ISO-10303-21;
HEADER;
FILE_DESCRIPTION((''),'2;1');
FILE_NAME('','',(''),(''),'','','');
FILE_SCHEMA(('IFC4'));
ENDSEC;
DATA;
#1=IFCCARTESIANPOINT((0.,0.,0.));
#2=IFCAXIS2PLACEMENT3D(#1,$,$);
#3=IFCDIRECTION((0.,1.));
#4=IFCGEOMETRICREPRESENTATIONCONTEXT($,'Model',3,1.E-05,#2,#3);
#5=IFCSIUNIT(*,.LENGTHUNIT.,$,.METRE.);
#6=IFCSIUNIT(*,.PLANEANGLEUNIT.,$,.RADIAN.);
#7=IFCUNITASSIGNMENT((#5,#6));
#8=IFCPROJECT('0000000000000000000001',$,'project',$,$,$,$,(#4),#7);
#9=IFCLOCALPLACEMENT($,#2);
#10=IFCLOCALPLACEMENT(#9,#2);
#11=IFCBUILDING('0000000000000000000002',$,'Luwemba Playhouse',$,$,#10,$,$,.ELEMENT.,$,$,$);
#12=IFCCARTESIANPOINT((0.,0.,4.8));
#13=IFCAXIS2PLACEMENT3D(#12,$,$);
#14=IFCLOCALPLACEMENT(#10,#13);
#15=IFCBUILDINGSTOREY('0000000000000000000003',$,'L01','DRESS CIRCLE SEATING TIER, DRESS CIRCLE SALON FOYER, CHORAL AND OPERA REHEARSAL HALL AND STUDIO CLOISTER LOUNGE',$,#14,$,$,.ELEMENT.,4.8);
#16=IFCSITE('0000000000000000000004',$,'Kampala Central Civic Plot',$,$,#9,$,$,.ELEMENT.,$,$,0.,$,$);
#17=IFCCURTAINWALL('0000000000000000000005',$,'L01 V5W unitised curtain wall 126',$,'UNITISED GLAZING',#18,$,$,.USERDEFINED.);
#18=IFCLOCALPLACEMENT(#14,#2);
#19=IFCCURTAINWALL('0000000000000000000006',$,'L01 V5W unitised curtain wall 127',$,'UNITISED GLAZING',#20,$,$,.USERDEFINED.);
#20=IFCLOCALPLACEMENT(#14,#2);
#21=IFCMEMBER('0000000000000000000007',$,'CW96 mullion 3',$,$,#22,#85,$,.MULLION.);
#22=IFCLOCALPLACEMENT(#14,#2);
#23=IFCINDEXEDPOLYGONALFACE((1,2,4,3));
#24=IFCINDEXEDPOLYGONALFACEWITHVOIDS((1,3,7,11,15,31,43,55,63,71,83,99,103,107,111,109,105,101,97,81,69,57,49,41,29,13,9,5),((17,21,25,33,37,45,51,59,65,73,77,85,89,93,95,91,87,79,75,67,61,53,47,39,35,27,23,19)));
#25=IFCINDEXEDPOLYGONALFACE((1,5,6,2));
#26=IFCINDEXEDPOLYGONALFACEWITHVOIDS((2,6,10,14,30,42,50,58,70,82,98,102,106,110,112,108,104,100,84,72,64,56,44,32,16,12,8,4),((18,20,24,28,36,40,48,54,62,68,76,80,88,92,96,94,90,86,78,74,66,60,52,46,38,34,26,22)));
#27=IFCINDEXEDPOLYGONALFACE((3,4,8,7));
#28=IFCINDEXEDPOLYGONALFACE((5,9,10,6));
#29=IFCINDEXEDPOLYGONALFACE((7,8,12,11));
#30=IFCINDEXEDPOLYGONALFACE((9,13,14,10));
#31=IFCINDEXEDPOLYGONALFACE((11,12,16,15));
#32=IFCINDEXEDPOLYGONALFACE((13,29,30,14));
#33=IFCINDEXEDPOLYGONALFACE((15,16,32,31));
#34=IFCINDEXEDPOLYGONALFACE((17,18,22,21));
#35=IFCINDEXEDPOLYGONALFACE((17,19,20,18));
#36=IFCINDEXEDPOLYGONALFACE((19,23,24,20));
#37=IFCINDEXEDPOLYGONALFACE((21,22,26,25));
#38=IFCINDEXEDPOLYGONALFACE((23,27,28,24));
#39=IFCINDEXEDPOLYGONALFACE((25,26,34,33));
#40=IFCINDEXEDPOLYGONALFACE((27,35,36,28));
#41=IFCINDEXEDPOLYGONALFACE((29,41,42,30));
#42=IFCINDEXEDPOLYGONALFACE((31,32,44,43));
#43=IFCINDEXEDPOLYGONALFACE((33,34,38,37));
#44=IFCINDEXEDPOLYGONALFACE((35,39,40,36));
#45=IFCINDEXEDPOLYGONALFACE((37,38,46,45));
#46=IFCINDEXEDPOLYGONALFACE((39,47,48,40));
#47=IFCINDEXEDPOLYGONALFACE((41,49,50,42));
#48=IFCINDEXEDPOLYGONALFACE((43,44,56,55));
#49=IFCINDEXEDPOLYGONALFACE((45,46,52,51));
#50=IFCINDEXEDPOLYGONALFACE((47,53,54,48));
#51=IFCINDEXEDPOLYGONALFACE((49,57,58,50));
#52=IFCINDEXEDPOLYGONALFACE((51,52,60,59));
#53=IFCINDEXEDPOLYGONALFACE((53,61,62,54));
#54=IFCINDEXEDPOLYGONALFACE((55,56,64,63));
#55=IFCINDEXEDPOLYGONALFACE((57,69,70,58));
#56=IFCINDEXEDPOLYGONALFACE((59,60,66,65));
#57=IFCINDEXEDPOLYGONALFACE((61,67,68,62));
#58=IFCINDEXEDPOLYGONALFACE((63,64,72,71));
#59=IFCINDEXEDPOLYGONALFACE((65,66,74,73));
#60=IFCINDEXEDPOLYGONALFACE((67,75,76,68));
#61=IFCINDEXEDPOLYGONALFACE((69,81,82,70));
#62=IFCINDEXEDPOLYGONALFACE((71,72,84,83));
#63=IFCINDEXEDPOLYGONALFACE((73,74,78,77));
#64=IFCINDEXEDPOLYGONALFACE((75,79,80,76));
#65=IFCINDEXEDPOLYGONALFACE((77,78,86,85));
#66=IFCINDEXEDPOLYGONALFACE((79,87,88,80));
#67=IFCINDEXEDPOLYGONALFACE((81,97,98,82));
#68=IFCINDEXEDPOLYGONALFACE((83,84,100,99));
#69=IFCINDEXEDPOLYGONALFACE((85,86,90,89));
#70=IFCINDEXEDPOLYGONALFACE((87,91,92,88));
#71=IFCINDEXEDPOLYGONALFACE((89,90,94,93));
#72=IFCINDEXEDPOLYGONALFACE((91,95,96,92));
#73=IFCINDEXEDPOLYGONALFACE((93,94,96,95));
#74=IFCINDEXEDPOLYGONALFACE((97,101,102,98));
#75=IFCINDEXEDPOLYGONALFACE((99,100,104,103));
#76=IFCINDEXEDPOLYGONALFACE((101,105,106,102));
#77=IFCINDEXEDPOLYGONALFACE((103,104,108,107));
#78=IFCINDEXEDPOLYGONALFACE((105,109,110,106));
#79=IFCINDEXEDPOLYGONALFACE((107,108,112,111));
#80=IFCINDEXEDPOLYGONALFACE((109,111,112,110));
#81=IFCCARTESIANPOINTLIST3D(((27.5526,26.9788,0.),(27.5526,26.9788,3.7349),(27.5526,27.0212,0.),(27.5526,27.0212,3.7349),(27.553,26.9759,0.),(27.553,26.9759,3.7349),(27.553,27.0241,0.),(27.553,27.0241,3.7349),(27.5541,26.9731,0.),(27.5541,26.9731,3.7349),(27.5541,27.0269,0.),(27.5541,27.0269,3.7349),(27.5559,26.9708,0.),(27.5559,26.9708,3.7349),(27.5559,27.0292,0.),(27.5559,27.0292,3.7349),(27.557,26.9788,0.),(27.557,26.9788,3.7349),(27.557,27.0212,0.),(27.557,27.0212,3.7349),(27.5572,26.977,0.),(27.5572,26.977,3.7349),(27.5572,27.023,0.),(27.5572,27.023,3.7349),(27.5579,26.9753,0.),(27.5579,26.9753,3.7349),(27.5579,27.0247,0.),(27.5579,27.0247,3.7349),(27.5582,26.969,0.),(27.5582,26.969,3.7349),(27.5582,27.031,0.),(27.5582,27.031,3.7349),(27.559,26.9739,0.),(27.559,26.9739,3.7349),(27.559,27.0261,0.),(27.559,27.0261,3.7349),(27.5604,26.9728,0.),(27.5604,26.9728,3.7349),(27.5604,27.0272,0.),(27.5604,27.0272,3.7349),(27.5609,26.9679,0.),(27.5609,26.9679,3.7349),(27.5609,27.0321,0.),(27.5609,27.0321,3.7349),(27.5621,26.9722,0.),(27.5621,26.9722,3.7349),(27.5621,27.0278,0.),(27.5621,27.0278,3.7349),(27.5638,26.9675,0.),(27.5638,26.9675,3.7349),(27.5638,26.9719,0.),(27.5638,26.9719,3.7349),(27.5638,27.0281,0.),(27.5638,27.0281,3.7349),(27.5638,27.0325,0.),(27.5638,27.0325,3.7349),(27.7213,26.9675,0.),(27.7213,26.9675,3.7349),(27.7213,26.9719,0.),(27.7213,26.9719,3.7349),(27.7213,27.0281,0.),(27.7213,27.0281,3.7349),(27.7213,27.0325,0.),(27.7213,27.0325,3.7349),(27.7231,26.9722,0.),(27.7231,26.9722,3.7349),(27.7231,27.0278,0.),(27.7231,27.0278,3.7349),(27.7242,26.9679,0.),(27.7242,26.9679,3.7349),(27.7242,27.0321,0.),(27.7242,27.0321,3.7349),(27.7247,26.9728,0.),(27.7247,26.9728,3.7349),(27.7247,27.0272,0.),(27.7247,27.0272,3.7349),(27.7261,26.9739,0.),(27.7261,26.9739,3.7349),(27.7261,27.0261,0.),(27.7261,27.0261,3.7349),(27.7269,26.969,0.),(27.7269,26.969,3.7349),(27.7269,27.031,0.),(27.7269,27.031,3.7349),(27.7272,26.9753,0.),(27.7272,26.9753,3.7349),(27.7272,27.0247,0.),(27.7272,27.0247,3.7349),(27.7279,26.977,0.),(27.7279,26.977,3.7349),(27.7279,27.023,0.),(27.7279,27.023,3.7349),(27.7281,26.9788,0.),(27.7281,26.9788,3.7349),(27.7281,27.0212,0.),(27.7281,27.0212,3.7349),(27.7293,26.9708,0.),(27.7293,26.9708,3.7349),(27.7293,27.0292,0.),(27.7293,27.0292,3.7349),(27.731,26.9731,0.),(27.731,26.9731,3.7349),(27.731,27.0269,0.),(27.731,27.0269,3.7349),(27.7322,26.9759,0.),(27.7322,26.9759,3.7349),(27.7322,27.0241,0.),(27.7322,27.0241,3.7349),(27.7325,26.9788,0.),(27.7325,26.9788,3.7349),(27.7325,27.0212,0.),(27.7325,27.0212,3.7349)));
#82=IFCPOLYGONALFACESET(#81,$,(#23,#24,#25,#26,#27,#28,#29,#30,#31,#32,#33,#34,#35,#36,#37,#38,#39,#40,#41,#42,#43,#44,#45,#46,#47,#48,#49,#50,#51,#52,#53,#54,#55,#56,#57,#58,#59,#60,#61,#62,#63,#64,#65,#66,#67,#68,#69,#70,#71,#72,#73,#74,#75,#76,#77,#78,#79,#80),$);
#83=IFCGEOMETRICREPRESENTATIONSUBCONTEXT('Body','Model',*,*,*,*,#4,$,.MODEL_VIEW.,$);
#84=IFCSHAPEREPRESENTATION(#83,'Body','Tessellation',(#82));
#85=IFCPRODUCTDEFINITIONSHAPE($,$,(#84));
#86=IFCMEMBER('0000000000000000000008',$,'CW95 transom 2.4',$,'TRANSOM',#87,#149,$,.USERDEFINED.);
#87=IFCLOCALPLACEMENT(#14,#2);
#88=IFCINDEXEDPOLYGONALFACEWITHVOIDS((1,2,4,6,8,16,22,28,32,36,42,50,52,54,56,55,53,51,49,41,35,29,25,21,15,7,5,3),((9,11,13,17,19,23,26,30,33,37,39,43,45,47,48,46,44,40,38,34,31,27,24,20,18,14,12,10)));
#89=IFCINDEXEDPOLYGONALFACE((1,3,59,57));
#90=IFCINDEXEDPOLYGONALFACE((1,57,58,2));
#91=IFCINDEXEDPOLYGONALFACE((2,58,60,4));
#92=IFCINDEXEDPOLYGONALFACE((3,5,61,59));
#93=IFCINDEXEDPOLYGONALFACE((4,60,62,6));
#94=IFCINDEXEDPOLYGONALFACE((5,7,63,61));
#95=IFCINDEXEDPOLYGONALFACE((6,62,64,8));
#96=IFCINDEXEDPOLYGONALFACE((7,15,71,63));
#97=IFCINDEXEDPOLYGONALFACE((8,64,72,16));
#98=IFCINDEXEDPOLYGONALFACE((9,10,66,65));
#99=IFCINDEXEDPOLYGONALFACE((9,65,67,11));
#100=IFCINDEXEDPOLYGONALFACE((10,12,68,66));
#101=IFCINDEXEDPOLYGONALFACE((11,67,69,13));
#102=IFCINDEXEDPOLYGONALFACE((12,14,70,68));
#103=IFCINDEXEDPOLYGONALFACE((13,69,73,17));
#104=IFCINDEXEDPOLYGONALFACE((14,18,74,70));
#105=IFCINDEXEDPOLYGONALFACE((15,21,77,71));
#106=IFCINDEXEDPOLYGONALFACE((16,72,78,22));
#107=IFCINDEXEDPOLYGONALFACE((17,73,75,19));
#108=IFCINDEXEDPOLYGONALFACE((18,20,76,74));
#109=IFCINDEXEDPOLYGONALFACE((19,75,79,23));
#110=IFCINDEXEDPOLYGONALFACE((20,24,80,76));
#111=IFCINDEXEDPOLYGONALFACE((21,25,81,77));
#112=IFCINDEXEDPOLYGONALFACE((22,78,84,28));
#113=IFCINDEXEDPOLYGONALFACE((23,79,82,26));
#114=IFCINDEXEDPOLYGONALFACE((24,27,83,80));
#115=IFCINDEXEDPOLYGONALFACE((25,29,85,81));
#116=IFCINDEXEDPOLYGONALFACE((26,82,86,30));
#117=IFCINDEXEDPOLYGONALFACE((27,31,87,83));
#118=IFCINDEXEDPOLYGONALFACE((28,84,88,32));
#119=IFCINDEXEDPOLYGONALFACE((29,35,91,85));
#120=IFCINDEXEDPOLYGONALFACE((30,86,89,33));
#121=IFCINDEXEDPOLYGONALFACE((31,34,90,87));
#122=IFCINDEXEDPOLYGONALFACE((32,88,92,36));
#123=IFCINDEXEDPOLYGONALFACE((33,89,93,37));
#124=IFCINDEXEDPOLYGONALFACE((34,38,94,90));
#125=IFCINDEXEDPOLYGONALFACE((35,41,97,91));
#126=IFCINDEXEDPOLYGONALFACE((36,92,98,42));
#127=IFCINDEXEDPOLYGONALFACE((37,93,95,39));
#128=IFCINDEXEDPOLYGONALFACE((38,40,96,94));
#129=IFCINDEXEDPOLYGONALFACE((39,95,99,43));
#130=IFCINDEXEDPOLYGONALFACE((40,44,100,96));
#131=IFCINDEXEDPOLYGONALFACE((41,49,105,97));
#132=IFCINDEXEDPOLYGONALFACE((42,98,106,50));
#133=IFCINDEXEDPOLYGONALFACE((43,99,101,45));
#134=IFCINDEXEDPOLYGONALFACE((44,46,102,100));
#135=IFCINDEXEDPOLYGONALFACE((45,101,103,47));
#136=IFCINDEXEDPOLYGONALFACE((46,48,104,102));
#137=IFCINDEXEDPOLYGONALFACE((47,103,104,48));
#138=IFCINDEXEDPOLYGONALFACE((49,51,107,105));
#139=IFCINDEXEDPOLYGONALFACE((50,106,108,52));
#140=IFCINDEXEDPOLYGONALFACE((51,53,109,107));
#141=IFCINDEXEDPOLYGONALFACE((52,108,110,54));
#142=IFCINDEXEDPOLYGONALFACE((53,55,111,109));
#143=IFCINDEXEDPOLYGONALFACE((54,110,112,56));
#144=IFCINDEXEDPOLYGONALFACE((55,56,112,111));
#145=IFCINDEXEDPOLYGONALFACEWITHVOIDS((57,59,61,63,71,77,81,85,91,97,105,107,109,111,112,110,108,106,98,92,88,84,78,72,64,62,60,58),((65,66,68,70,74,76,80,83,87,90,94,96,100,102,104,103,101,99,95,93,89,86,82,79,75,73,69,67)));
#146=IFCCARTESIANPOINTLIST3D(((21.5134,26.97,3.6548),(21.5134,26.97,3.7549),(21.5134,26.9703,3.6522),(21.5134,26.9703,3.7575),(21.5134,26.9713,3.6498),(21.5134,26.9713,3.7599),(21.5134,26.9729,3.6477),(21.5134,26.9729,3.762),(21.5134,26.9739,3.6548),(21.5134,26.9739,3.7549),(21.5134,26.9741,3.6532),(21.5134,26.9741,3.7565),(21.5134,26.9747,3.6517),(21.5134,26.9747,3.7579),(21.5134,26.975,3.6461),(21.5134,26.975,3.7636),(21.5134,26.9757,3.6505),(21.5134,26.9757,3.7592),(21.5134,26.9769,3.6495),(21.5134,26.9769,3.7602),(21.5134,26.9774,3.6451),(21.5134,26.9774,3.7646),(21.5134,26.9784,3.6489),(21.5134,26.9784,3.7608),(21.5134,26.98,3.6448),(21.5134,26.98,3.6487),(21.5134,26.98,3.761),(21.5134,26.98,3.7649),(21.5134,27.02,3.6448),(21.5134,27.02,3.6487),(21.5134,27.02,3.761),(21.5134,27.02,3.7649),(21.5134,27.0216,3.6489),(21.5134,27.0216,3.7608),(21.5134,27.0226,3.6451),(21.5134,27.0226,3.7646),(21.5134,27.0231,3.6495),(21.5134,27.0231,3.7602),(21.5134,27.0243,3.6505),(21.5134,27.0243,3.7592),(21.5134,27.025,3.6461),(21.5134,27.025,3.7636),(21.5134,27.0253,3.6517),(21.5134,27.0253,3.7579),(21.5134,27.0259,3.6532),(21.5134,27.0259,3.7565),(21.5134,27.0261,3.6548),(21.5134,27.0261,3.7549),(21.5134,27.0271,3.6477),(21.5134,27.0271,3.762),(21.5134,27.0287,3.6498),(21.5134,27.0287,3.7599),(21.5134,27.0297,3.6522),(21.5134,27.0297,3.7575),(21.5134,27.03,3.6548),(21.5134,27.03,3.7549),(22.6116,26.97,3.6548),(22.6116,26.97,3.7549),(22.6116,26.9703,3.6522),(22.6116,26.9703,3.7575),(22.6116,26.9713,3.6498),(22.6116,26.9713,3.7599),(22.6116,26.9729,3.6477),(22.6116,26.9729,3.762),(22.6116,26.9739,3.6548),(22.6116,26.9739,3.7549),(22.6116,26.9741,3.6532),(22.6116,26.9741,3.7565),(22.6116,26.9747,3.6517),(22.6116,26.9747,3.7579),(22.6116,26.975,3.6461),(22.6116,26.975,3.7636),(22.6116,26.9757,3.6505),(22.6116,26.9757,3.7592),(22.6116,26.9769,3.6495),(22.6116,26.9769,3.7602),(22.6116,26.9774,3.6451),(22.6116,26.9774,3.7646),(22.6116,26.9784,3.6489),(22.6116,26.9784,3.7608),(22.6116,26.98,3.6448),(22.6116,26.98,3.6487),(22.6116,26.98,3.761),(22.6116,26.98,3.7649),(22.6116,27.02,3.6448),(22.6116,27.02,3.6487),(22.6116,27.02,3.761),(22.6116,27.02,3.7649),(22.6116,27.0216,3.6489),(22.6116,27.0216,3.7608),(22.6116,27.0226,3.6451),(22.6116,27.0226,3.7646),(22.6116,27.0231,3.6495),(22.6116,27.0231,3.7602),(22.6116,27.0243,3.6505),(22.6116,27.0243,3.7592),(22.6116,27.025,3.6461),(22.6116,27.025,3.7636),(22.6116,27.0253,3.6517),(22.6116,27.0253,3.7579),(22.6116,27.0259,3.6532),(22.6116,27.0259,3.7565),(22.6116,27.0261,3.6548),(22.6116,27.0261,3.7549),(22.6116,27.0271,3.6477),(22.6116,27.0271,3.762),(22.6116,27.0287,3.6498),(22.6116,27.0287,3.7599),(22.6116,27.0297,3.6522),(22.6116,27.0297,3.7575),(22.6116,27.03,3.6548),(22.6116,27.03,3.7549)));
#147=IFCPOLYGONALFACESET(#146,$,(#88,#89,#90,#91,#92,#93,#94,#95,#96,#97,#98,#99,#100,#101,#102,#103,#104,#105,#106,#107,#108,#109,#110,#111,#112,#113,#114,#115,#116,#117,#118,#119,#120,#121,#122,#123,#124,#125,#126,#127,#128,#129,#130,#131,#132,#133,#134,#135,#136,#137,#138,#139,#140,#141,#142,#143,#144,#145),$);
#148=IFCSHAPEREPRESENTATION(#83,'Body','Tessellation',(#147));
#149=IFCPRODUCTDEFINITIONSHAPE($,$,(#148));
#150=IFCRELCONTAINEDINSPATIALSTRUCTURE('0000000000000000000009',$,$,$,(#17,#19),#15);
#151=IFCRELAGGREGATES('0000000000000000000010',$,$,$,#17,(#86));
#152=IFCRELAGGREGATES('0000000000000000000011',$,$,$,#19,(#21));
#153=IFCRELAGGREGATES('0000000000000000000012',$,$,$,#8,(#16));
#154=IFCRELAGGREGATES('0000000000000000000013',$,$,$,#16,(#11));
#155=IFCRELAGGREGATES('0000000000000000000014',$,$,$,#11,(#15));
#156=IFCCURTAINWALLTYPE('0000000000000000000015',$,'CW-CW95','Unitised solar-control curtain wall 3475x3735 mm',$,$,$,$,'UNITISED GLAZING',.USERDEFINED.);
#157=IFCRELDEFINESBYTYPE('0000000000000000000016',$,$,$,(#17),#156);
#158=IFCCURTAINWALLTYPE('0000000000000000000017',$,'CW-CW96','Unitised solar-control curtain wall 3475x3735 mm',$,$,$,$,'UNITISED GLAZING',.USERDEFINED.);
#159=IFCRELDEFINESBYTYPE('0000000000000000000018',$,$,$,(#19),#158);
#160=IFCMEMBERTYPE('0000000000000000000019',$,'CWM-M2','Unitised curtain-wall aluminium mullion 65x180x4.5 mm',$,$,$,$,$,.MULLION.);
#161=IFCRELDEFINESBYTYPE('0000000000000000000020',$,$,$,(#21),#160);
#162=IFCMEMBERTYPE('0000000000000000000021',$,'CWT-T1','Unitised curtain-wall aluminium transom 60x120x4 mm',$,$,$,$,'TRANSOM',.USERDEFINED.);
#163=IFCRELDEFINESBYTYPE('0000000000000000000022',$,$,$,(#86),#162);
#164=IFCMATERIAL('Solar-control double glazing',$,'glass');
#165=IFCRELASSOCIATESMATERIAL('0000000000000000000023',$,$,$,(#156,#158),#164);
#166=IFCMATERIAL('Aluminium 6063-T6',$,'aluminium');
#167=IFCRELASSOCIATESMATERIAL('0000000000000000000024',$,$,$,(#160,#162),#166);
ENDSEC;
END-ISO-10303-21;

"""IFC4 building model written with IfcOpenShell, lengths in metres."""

from ifc_helpers import new_model, si_unit, direction, frame, origin, origin_2d, place, context, subcontext, project, spatial, hollow_rectangle, extrude, material, material_profile, profile_set, type_object, element, aggregate, save


model = new_model("IFC4")

# Units and contexts
model_context = context("Model", 3, precision=1e-05, world=origin(), true_north=direction((0.0, 1.0)))
body_context = subcontext(model_context, "Body", "Model", "MODEL_VIEW")
ifc_project = project(units=[si_unit("LENGTHUNIT", "METRE"), si_unit("PLANEANGLEUNIT", "RADIAN")], contexts=[model_context])

# Site, building, storey
site_placement = place(None, origin())
site = spatial("IfcSite", under=ifc_project, at=site_placement, Name="Kampala Central Civic Plot", CompositionType="ELEMENT", RefElevation=0.0)
building_placement = place(site_placement, origin())
building = spatial("IfcBuilding", under=site, at=building_placement, Name="Luwemba Playhouse", CompositionType="ELEMENT")
storey_placement = place(building_placement, frame((0.0, 0.0, 4.8)))
storey = spatial("IfcBuildingStorey", under=building, at=storey_placement, Name="L01", Description="DRESS CIRCLE SEATING TIER, DRESS CIRCLE SALON FOYER, CHORAL AND OPERA REHEARSAL HALL AND STUDIO CLOISTER LOUNGE", CompositionType="ELEMENT", Elevation=4.8)

# Curtain walls, member
ifc_material_1 = material(Name="Solar-control double glazing", Category="glass")
curtain_wall_type_1 = type_object("IfcCurtainWallType", Name="CW-CW95", Description="Unitised solar-control curtain wall 3475x3735 mm", ElementType="UNITISED GLAZING", PredefinedType="USERDEFINED", material=ifc_material_1)
curtain_wall_1_placement = place(storey_placement, origin())
curtain_wall_1 = element("IfcCurtainWall", 1, at=curtain_wall_1_placement, inside=storey, type_object=curtain_wall_type_1, Name="L01 V5W unitised curtain wall 126", ObjectType="UNITISED GLAZING", PredefinedType="USERDEFINED")
ifc_material_2 = material(Name="Aluminium 6063-T6", Category="aluminium")
curtain_wall_type_2 = type_object("IfcCurtainWallType", Name="CW-CW96", Description="Unitised solar-control curtain wall 3475x3735 mm", ElementType="UNITISED GLAZING", PredefinedType="USERDEFINED", material=ifc_material_1)
curtain_wall_2_placement = place(storey_placement, origin())
curtain_wall_2 = element("IfcCurtainWall", 2, at=curtain_wall_2_placement, inside=storey, type_object=curtain_wall_type_2, Name="L01 V5W unitised curtain wall 127", ObjectType="UNITISED GLAZING", PredefinedType="USERDEFINED")
ifc_material_profile_1 = material_profile(ifc_material_2, hollow_rectangle(XDim=0.0649, YDim=0.1799, WallThickness=0.0044, InnerFilletRadius=0.0068, OuterFilletRadius=0.0112, at=origin_2d()))
ifc_profile_set_1 = profile_set([ifc_material_profile_1], Name="Aluminium 6063-T6")
member_type_1 = type_object("IfcMemberType", Name="CWM-M2", Description="Unitised curtain-wall aluminium mullion 65x180x4.5 mm", PredefinedType="MULLION", material=ifc_profile_set_1)
member_1_placement = place(storey_placement, frame((27.6426, 27.0, 0.0), z_axis=(0.0, 0.0, 1.0), x_axis=(0.0, 1.0, 0.0)))
member_1 = element("IfcMember", 3, at=member_1_placement, type_object=member_type_1, Name="CW96 mullion 3", PredefinedType="MULLION", context=body_context, shape_type="SweptSolid", body=[
    extrude(hollow_rectangle(XDim=0.0649, YDim=0.1799, WallThickness=0.0044, InnerFilletRadius=0.0068, OuterFilletRadius=0.0112, at=origin_2d()), origin(), (0.0, 0.0, 1.0), 3.7349),
])

# Member
ifc_material_profile_2 = material_profile(ifc_material_2, hollow_rectangle(XDim=0.0601, YDim=0.1201, WallThickness=0.0039, InnerFilletRadius=0.0061, OuterFilletRadius=0.01, at=origin_2d()))
ifc_profile_set_2 = profile_set([ifc_material_profile_2], Name="Aluminium 6063-T6")
member_type_2 = type_object("IfcMemberType", Name="CWT-T1", Description="Unitised curtain-wall aluminium transom 60x120x4 mm", ElementType="TRANSOM", PredefinedType="USERDEFINED", material=ifc_profile_set_2)
member_2_placement = place(storey_placement, frame((21.5134, 27.0, 3.7048), z_axis=(1.0, 0.0, 0.0), x_axis=(0.0, 1.0, 0.0)))
member_2 = element("IfcMember", 4, at=member_2_placement, type_object=member_type_2, Name="CW95 transom 2.4", ObjectType="TRANSOM", PredefinedType="USERDEFINED", context=body_context, shape_type="SweptSolid", body=[
    extrude(hollow_rectangle(XDim=0.0601, YDim=0.1201, WallThickness=0.0039, InnerFilletRadius=0.0061, OuterFilletRadius=0.01, at=origin_2d()), origin(), (0.0, 0.0, 1.0), 1.0981),
])

aggregate(curtain_wall_1, [member_2])
aggregate(curtain_wall_2, [member_1])

save(model, "model.ifc")
